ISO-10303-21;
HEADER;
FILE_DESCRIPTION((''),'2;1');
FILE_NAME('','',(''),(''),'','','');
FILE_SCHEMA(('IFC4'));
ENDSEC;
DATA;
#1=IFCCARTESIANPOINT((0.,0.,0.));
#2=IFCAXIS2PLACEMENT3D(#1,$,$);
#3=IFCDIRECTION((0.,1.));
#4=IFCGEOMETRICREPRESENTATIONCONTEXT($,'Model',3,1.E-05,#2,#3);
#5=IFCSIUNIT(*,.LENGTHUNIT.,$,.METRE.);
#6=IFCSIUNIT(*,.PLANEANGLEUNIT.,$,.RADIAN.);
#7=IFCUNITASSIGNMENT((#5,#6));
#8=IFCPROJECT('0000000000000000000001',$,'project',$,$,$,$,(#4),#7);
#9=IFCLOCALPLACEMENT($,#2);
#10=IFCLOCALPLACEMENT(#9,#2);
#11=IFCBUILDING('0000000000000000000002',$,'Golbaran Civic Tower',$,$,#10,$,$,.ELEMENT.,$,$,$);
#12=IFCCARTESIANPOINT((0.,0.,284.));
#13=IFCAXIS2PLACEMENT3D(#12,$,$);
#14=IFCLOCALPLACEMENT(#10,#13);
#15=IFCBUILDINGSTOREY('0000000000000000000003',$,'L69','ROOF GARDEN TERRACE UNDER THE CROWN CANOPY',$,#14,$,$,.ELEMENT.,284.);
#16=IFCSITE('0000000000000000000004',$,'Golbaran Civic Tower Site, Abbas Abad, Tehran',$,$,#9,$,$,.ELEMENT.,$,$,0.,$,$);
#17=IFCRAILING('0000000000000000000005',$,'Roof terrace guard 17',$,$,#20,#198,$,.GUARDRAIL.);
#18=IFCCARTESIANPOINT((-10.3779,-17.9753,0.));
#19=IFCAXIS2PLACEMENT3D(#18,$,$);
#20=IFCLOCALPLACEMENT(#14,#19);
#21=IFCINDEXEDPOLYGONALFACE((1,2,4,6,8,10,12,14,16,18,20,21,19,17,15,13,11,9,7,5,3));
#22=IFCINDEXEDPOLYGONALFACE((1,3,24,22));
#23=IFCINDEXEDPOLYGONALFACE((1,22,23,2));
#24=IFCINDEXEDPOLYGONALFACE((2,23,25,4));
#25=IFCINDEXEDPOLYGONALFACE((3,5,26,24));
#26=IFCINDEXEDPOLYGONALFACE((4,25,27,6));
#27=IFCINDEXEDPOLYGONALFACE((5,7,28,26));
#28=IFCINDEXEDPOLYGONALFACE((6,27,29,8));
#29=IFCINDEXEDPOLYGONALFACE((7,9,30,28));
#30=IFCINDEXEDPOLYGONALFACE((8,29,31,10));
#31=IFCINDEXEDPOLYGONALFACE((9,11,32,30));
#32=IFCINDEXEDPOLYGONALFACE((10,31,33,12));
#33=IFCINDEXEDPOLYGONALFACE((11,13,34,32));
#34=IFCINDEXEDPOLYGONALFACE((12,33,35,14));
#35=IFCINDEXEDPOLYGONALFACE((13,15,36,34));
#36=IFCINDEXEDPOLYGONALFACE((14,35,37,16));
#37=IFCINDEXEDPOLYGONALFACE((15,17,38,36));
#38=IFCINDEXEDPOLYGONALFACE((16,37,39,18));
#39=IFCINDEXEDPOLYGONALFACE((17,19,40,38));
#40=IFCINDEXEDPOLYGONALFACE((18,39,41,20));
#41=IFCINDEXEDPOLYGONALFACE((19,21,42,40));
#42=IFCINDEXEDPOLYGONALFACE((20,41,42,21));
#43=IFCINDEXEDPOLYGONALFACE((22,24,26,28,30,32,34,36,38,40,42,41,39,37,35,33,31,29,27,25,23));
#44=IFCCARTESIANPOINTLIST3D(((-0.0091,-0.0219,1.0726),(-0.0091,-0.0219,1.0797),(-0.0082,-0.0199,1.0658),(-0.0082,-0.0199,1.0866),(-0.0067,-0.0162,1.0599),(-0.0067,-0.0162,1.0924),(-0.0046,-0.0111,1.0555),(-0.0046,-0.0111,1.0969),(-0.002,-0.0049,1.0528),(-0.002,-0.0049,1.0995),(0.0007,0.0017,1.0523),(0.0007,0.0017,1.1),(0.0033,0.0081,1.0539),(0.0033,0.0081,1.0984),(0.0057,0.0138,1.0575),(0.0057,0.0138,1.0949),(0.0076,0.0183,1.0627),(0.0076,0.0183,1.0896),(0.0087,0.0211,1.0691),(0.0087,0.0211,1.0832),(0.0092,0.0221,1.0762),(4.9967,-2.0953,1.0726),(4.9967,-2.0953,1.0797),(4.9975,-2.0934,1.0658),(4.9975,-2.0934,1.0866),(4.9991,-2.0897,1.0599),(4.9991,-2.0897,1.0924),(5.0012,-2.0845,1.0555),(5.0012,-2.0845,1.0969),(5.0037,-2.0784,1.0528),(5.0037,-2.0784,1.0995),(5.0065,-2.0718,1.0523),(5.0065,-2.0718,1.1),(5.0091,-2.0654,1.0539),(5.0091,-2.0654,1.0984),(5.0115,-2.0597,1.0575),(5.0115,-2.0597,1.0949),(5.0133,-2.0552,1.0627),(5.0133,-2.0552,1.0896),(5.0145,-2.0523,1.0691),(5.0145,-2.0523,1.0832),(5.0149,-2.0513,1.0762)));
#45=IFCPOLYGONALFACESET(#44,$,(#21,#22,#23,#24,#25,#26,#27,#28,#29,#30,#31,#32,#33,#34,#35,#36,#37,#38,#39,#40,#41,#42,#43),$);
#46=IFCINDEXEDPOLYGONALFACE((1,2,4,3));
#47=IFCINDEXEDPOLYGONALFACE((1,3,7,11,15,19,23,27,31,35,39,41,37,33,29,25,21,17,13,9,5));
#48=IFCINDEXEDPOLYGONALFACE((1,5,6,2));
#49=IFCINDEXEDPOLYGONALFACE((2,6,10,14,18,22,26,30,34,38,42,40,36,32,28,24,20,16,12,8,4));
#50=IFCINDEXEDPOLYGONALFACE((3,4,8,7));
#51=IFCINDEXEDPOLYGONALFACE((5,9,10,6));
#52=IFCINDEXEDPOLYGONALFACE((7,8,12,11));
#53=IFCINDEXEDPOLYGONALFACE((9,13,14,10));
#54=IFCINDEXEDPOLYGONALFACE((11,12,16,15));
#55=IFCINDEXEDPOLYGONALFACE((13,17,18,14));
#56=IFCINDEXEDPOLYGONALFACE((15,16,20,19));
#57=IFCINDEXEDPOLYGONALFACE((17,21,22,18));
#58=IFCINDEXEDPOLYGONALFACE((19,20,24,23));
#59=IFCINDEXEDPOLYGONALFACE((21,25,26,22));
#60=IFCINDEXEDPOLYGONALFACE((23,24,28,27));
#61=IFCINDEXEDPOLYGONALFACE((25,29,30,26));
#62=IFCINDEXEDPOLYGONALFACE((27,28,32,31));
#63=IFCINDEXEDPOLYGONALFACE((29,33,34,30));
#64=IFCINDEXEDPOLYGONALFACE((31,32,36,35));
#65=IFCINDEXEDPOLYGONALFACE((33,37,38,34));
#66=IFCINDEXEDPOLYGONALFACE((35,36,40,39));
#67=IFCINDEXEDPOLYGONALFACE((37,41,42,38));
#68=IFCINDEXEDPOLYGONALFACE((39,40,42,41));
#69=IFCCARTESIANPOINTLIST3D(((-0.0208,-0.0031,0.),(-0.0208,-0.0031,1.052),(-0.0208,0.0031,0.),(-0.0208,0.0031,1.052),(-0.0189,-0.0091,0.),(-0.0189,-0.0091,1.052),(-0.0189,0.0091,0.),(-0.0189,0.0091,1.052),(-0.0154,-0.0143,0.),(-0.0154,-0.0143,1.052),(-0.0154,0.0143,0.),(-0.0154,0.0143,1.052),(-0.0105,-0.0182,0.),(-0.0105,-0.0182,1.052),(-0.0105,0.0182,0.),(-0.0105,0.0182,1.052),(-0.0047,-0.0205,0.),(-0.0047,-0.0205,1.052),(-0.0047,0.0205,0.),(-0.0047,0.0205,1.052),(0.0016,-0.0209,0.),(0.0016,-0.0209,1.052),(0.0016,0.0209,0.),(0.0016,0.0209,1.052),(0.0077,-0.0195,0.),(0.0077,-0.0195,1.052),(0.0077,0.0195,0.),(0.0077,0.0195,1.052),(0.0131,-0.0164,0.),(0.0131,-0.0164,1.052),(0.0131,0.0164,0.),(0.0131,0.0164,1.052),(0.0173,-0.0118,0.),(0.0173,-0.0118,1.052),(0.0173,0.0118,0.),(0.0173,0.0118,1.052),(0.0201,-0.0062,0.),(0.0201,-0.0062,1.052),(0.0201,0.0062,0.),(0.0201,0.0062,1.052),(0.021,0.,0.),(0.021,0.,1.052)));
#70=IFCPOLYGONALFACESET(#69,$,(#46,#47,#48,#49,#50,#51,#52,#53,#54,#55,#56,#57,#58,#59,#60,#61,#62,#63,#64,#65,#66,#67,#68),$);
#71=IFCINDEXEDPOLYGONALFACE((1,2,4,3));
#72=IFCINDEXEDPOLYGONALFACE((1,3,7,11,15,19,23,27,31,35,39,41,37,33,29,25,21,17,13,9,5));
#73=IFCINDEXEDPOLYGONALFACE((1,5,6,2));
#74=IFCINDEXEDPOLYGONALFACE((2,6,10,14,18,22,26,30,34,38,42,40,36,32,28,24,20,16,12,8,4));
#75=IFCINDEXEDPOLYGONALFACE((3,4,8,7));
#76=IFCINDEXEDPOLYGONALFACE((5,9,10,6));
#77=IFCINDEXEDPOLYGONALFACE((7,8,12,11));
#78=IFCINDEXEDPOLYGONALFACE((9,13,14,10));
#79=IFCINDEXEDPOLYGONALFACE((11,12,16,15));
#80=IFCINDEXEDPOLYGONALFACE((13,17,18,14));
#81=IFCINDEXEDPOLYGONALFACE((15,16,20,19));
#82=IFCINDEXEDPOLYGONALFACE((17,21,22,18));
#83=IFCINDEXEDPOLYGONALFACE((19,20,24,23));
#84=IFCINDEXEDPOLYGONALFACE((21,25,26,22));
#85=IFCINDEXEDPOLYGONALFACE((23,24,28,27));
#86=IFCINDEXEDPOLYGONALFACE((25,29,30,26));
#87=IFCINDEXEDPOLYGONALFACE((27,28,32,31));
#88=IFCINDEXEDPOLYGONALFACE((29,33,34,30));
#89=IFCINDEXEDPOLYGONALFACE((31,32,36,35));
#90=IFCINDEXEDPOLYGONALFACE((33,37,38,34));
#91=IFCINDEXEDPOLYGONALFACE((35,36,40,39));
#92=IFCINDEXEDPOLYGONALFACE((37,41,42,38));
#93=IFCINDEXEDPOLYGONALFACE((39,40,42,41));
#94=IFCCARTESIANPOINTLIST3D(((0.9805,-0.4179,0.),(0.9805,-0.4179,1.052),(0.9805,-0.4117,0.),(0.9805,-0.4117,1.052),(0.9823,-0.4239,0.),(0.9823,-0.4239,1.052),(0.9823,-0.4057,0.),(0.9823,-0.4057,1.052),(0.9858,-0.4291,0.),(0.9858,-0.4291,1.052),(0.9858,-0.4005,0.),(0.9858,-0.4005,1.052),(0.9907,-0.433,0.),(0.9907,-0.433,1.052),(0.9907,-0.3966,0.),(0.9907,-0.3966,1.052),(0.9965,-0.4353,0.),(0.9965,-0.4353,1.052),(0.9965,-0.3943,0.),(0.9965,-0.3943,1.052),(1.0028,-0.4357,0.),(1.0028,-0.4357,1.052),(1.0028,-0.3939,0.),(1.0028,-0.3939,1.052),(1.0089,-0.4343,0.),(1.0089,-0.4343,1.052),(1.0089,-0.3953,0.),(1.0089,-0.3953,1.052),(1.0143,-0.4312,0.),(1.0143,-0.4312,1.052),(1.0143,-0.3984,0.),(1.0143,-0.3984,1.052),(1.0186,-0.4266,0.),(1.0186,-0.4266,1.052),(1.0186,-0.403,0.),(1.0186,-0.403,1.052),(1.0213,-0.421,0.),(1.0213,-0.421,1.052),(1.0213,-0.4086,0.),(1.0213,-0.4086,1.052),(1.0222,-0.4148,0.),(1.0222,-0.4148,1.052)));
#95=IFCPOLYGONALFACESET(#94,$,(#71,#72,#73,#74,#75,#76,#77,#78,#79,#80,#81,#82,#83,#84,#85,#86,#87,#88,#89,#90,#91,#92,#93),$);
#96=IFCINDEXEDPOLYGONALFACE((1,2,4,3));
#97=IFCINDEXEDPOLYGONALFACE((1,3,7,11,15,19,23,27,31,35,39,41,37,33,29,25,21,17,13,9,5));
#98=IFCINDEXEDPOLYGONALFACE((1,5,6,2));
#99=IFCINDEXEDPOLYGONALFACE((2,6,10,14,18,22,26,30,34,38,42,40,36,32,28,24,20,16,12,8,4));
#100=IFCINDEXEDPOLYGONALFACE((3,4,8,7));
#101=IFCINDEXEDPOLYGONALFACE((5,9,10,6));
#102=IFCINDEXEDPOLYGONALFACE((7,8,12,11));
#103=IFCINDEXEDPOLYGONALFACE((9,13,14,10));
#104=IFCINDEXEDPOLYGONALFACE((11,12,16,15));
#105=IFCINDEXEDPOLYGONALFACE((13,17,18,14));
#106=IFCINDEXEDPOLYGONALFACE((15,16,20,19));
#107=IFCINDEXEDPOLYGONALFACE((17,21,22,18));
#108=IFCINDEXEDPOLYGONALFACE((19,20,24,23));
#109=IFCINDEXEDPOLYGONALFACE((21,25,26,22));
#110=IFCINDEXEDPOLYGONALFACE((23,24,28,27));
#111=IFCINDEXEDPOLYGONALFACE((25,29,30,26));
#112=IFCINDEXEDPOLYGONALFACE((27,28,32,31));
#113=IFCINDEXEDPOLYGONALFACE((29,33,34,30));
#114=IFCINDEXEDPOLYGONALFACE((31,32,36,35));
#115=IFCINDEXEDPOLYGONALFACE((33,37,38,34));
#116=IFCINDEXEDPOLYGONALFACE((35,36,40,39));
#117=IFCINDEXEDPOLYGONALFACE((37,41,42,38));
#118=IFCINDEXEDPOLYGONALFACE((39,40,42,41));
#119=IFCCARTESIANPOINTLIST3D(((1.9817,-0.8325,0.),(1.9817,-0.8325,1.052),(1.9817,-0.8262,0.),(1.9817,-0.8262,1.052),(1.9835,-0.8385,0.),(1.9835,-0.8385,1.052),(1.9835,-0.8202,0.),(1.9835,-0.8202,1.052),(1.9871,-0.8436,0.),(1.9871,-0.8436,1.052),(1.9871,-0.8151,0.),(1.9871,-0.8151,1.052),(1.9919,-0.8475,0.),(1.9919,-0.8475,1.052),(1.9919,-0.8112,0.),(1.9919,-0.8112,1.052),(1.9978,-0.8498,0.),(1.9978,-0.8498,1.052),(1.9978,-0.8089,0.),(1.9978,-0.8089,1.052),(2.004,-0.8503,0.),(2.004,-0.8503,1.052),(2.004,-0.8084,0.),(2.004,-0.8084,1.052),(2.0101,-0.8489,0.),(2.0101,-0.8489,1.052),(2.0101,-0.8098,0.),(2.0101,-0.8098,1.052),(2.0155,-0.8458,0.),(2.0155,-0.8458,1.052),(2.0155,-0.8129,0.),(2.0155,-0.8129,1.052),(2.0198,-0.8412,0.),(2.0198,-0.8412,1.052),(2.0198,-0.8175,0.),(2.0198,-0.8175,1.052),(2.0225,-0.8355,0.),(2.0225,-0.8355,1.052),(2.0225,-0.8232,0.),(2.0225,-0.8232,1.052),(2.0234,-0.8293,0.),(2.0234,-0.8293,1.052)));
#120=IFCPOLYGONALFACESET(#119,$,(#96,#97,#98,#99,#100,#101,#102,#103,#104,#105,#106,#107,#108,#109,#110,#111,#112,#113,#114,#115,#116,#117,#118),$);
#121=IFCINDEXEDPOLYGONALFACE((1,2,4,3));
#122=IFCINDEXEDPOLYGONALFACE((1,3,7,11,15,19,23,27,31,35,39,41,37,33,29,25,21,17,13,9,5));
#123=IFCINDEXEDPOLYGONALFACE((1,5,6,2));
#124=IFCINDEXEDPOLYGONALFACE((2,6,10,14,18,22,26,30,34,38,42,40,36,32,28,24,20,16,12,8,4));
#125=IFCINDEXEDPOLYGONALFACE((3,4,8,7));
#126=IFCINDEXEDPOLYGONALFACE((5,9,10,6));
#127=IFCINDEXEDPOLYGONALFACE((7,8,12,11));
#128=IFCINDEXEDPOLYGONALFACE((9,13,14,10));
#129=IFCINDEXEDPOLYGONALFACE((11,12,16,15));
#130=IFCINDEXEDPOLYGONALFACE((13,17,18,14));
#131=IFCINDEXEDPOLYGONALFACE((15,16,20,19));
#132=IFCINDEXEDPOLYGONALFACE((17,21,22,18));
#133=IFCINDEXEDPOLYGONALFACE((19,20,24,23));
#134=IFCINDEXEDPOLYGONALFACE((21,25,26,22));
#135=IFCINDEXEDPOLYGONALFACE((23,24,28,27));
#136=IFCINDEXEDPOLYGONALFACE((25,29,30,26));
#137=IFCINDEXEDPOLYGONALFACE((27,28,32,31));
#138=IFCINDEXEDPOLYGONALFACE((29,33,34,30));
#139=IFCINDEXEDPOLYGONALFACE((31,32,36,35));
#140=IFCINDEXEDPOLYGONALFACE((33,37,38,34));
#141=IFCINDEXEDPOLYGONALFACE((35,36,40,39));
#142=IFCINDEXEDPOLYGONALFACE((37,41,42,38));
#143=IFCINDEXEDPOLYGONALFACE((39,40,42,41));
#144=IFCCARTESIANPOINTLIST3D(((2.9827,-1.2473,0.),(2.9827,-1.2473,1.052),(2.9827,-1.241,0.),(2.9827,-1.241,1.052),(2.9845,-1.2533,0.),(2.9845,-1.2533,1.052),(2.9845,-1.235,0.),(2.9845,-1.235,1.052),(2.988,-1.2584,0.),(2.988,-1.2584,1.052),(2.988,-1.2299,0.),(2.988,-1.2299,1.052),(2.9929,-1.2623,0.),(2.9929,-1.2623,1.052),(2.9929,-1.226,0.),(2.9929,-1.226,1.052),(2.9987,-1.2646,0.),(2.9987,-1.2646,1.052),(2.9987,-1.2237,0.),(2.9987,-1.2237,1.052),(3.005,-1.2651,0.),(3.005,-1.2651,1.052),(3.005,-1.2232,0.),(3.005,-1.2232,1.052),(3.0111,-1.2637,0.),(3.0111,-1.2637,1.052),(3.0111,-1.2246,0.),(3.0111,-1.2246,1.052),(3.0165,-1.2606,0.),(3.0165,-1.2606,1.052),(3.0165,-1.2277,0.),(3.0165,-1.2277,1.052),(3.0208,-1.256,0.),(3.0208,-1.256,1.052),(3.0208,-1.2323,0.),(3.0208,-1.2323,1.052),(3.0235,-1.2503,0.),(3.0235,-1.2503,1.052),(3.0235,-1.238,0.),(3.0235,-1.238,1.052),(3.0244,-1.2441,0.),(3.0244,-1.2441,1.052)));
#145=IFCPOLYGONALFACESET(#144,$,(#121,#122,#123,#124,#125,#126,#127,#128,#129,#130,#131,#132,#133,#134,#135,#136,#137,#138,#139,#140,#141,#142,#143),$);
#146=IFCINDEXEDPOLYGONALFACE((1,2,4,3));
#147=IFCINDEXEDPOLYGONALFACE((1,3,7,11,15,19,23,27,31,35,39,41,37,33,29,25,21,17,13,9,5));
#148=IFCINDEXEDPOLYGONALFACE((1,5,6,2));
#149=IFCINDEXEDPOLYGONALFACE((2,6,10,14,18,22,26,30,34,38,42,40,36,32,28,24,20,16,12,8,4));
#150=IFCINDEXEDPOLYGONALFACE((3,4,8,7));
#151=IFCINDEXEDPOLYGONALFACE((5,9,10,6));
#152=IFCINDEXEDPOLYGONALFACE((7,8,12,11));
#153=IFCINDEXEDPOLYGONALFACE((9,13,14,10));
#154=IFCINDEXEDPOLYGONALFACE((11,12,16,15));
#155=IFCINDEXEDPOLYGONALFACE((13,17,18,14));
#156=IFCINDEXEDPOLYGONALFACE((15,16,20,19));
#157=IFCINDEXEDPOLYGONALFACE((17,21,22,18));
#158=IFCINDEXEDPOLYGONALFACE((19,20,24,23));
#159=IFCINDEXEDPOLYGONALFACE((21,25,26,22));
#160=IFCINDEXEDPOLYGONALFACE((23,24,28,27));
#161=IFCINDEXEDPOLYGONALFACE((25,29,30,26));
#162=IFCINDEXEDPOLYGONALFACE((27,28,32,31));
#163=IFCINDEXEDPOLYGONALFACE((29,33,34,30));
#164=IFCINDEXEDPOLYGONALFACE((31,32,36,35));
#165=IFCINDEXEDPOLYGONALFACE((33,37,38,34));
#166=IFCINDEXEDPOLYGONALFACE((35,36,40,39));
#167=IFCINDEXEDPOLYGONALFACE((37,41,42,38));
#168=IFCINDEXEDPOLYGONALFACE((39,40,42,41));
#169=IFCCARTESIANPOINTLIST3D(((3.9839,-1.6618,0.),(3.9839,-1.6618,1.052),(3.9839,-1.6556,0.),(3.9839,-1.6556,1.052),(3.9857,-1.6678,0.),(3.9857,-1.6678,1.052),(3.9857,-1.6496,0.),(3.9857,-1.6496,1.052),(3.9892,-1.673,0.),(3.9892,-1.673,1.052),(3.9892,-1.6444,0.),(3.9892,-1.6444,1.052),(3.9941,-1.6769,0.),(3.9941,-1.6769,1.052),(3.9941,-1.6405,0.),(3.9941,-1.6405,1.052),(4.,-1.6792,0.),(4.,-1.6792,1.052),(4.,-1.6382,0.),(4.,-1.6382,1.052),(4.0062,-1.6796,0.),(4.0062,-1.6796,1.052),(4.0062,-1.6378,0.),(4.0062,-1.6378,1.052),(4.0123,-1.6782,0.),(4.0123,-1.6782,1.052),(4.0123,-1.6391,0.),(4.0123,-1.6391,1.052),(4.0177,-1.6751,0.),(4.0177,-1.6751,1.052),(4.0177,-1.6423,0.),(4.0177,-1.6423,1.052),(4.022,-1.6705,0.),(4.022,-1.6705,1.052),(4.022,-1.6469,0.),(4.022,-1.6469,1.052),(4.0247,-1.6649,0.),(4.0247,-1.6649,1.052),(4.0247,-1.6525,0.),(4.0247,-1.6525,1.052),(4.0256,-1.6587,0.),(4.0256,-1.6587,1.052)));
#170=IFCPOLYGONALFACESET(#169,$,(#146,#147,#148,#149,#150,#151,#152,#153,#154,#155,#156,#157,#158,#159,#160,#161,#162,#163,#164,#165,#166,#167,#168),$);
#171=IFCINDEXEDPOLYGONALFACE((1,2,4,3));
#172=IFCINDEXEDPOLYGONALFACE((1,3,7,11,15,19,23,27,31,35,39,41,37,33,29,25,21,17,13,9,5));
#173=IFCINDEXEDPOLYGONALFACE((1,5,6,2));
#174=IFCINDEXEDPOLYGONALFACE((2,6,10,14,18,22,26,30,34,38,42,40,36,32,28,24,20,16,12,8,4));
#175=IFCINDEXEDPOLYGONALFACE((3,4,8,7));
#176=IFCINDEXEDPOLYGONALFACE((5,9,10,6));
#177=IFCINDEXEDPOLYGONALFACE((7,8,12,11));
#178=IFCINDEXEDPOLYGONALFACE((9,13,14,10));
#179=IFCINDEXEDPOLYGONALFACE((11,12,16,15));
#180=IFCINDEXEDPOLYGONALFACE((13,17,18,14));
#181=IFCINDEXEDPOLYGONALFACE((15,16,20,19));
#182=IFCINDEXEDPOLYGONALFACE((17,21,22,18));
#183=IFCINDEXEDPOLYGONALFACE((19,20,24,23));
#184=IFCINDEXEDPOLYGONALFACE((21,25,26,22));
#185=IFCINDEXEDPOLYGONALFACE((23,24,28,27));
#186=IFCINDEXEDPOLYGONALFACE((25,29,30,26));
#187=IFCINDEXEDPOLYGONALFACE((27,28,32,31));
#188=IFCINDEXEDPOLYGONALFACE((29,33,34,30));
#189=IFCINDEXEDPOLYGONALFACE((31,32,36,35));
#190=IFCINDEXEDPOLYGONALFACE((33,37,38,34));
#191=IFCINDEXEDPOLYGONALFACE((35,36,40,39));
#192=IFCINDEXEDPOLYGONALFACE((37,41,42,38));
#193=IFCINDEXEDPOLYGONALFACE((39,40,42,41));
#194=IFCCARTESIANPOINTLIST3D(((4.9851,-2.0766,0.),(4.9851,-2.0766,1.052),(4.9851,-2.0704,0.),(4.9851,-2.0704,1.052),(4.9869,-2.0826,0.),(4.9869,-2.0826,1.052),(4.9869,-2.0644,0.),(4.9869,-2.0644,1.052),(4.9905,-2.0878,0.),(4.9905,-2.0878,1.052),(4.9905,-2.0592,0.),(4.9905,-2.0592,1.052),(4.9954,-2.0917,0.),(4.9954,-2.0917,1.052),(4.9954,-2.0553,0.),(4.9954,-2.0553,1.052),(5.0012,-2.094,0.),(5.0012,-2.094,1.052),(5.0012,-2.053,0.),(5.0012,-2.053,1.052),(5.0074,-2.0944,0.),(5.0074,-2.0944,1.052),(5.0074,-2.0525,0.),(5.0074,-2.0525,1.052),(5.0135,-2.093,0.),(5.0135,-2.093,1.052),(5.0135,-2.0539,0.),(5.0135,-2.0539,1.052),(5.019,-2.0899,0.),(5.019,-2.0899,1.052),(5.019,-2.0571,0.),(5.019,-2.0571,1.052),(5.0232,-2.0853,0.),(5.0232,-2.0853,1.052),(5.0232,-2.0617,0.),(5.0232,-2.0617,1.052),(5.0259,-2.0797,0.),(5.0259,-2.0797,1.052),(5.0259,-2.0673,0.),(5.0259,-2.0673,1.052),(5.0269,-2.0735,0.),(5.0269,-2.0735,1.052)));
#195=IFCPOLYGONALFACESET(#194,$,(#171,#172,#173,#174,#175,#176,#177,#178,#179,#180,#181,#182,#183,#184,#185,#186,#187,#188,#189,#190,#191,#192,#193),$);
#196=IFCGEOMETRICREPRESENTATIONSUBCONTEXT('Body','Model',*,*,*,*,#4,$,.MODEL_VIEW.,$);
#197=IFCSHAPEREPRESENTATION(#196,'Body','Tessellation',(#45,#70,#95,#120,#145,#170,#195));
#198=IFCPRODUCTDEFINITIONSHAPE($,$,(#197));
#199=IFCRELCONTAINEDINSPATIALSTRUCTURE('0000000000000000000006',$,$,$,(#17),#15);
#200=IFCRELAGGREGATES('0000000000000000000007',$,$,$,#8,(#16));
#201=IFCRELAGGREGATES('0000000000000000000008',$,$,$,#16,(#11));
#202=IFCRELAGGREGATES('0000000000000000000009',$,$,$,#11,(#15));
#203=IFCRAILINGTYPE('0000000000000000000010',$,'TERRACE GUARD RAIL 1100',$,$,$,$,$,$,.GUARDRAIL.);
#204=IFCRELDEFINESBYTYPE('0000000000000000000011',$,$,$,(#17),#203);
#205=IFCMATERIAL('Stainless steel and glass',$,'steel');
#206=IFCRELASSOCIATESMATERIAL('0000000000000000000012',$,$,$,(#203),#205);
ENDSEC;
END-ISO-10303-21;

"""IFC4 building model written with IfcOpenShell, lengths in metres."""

from ifc_helpers import new_model, si_unit, direction, frame, origin, origin_2d, place, context, subcontext, project, spatial, circle, extrude, material, type_object, element, save


model = new_model("IFC4")

# Units and contexts
model_context = context("Model", 3, precision=1e-05, world=origin(), true_north=direction((0.0, 1.0)))
body_context = subcontext(model_context, "Body", "Model", "MODEL_VIEW")
ifc_project = project(units=[si_unit("LENGTHUNIT", "METRE"), si_unit("PLANEANGLEUNIT", "RADIAN")], contexts=[model_context])

# Site, building, storey
site_placement = place(None, origin())
site = spatial("IfcSite", under=ifc_project, at=site_placement, Name="Golbaran Civic Tower Site, Abbas Abad, Tehran", CompositionType="ELEMENT", RefElevation=0.0)
building_placement = place(site_placement, origin())
building = spatial("IfcBuilding", under=site, at=building_placement, Name="Golbaran Civic Tower", CompositionType="ELEMENT")
storey_placement = place(building_placement, frame((0.0, 0.0, 284.0)))
storey = spatial("IfcBuildingStorey", under=building, at=storey_placement, Name="L69", Description="ROOF GARDEN TERRACE UNDER THE CROWN CANOPY", CompositionType="ELEMENT", Elevation=284.0)

# Railing
ifc_material_1 = material(Name="Stainless steel and glass", Category="steel")
railing_type = type_object("IfcRailingType", Name="TERRACE GUARD RAIL 1100", PredefinedType="GUARDRAIL", material=ifc_material_1)
railing_1_placement = place(storey_placement, frame((-10.3779, -17.9753, 0.0)))
element("IfcRailing", 1, at=railing_1_placement, inside=storey, type_object=railing_type, Name="Roof terrace guard 17", PredefinedType="GUARDRAIL", context=body_context, shape_type="SweptSolid", body=[
    extrude(circle(Radius=0.0239, at=origin_2d()), frame((0.0, 0.0, 1.0762), z_axis=(0.92388, -0.382682, 0.0), x_axis=(0.382682, 0.92388, 0.0)), (0.0, 0.0, 1.0), 5.4182),
    extrude(circle(Radius=0.021, at=origin_2d()), origin(), (0.0, 0.0, 1.0), 1.052),
    extrude(circle(Radius=0.021, at=origin_2d()), frame((1.0012, -0.4148, 0.0)), (0.0, 0.0, 1.0), 1.052),
    extrude(circle(Radius=0.021, at=origin_2d()), frame((2.0024, -0.8293, 0.0)), (0.0, 0.0, 1.0), 1.052),
    extrude(circle(Radius=0.021, at=origin_2d()), frame((3.0034, -1.2441, 0.0)), (0.0, 0.0, 1.0), 1.052),
    extrude(circle(Radius=0.021, at=origin_2d()), frame((4.0046, -1.6587, 0.0)), (0.0, 0.0, 1.0), 1.052),
    extrude(circle(Radius=0.021, at=origin_2d()), frame((5.0059, -2.0735, 0.0)), (0.0, 0.0, 1.0), 1.052),
])

save(model, "model.ifc")
